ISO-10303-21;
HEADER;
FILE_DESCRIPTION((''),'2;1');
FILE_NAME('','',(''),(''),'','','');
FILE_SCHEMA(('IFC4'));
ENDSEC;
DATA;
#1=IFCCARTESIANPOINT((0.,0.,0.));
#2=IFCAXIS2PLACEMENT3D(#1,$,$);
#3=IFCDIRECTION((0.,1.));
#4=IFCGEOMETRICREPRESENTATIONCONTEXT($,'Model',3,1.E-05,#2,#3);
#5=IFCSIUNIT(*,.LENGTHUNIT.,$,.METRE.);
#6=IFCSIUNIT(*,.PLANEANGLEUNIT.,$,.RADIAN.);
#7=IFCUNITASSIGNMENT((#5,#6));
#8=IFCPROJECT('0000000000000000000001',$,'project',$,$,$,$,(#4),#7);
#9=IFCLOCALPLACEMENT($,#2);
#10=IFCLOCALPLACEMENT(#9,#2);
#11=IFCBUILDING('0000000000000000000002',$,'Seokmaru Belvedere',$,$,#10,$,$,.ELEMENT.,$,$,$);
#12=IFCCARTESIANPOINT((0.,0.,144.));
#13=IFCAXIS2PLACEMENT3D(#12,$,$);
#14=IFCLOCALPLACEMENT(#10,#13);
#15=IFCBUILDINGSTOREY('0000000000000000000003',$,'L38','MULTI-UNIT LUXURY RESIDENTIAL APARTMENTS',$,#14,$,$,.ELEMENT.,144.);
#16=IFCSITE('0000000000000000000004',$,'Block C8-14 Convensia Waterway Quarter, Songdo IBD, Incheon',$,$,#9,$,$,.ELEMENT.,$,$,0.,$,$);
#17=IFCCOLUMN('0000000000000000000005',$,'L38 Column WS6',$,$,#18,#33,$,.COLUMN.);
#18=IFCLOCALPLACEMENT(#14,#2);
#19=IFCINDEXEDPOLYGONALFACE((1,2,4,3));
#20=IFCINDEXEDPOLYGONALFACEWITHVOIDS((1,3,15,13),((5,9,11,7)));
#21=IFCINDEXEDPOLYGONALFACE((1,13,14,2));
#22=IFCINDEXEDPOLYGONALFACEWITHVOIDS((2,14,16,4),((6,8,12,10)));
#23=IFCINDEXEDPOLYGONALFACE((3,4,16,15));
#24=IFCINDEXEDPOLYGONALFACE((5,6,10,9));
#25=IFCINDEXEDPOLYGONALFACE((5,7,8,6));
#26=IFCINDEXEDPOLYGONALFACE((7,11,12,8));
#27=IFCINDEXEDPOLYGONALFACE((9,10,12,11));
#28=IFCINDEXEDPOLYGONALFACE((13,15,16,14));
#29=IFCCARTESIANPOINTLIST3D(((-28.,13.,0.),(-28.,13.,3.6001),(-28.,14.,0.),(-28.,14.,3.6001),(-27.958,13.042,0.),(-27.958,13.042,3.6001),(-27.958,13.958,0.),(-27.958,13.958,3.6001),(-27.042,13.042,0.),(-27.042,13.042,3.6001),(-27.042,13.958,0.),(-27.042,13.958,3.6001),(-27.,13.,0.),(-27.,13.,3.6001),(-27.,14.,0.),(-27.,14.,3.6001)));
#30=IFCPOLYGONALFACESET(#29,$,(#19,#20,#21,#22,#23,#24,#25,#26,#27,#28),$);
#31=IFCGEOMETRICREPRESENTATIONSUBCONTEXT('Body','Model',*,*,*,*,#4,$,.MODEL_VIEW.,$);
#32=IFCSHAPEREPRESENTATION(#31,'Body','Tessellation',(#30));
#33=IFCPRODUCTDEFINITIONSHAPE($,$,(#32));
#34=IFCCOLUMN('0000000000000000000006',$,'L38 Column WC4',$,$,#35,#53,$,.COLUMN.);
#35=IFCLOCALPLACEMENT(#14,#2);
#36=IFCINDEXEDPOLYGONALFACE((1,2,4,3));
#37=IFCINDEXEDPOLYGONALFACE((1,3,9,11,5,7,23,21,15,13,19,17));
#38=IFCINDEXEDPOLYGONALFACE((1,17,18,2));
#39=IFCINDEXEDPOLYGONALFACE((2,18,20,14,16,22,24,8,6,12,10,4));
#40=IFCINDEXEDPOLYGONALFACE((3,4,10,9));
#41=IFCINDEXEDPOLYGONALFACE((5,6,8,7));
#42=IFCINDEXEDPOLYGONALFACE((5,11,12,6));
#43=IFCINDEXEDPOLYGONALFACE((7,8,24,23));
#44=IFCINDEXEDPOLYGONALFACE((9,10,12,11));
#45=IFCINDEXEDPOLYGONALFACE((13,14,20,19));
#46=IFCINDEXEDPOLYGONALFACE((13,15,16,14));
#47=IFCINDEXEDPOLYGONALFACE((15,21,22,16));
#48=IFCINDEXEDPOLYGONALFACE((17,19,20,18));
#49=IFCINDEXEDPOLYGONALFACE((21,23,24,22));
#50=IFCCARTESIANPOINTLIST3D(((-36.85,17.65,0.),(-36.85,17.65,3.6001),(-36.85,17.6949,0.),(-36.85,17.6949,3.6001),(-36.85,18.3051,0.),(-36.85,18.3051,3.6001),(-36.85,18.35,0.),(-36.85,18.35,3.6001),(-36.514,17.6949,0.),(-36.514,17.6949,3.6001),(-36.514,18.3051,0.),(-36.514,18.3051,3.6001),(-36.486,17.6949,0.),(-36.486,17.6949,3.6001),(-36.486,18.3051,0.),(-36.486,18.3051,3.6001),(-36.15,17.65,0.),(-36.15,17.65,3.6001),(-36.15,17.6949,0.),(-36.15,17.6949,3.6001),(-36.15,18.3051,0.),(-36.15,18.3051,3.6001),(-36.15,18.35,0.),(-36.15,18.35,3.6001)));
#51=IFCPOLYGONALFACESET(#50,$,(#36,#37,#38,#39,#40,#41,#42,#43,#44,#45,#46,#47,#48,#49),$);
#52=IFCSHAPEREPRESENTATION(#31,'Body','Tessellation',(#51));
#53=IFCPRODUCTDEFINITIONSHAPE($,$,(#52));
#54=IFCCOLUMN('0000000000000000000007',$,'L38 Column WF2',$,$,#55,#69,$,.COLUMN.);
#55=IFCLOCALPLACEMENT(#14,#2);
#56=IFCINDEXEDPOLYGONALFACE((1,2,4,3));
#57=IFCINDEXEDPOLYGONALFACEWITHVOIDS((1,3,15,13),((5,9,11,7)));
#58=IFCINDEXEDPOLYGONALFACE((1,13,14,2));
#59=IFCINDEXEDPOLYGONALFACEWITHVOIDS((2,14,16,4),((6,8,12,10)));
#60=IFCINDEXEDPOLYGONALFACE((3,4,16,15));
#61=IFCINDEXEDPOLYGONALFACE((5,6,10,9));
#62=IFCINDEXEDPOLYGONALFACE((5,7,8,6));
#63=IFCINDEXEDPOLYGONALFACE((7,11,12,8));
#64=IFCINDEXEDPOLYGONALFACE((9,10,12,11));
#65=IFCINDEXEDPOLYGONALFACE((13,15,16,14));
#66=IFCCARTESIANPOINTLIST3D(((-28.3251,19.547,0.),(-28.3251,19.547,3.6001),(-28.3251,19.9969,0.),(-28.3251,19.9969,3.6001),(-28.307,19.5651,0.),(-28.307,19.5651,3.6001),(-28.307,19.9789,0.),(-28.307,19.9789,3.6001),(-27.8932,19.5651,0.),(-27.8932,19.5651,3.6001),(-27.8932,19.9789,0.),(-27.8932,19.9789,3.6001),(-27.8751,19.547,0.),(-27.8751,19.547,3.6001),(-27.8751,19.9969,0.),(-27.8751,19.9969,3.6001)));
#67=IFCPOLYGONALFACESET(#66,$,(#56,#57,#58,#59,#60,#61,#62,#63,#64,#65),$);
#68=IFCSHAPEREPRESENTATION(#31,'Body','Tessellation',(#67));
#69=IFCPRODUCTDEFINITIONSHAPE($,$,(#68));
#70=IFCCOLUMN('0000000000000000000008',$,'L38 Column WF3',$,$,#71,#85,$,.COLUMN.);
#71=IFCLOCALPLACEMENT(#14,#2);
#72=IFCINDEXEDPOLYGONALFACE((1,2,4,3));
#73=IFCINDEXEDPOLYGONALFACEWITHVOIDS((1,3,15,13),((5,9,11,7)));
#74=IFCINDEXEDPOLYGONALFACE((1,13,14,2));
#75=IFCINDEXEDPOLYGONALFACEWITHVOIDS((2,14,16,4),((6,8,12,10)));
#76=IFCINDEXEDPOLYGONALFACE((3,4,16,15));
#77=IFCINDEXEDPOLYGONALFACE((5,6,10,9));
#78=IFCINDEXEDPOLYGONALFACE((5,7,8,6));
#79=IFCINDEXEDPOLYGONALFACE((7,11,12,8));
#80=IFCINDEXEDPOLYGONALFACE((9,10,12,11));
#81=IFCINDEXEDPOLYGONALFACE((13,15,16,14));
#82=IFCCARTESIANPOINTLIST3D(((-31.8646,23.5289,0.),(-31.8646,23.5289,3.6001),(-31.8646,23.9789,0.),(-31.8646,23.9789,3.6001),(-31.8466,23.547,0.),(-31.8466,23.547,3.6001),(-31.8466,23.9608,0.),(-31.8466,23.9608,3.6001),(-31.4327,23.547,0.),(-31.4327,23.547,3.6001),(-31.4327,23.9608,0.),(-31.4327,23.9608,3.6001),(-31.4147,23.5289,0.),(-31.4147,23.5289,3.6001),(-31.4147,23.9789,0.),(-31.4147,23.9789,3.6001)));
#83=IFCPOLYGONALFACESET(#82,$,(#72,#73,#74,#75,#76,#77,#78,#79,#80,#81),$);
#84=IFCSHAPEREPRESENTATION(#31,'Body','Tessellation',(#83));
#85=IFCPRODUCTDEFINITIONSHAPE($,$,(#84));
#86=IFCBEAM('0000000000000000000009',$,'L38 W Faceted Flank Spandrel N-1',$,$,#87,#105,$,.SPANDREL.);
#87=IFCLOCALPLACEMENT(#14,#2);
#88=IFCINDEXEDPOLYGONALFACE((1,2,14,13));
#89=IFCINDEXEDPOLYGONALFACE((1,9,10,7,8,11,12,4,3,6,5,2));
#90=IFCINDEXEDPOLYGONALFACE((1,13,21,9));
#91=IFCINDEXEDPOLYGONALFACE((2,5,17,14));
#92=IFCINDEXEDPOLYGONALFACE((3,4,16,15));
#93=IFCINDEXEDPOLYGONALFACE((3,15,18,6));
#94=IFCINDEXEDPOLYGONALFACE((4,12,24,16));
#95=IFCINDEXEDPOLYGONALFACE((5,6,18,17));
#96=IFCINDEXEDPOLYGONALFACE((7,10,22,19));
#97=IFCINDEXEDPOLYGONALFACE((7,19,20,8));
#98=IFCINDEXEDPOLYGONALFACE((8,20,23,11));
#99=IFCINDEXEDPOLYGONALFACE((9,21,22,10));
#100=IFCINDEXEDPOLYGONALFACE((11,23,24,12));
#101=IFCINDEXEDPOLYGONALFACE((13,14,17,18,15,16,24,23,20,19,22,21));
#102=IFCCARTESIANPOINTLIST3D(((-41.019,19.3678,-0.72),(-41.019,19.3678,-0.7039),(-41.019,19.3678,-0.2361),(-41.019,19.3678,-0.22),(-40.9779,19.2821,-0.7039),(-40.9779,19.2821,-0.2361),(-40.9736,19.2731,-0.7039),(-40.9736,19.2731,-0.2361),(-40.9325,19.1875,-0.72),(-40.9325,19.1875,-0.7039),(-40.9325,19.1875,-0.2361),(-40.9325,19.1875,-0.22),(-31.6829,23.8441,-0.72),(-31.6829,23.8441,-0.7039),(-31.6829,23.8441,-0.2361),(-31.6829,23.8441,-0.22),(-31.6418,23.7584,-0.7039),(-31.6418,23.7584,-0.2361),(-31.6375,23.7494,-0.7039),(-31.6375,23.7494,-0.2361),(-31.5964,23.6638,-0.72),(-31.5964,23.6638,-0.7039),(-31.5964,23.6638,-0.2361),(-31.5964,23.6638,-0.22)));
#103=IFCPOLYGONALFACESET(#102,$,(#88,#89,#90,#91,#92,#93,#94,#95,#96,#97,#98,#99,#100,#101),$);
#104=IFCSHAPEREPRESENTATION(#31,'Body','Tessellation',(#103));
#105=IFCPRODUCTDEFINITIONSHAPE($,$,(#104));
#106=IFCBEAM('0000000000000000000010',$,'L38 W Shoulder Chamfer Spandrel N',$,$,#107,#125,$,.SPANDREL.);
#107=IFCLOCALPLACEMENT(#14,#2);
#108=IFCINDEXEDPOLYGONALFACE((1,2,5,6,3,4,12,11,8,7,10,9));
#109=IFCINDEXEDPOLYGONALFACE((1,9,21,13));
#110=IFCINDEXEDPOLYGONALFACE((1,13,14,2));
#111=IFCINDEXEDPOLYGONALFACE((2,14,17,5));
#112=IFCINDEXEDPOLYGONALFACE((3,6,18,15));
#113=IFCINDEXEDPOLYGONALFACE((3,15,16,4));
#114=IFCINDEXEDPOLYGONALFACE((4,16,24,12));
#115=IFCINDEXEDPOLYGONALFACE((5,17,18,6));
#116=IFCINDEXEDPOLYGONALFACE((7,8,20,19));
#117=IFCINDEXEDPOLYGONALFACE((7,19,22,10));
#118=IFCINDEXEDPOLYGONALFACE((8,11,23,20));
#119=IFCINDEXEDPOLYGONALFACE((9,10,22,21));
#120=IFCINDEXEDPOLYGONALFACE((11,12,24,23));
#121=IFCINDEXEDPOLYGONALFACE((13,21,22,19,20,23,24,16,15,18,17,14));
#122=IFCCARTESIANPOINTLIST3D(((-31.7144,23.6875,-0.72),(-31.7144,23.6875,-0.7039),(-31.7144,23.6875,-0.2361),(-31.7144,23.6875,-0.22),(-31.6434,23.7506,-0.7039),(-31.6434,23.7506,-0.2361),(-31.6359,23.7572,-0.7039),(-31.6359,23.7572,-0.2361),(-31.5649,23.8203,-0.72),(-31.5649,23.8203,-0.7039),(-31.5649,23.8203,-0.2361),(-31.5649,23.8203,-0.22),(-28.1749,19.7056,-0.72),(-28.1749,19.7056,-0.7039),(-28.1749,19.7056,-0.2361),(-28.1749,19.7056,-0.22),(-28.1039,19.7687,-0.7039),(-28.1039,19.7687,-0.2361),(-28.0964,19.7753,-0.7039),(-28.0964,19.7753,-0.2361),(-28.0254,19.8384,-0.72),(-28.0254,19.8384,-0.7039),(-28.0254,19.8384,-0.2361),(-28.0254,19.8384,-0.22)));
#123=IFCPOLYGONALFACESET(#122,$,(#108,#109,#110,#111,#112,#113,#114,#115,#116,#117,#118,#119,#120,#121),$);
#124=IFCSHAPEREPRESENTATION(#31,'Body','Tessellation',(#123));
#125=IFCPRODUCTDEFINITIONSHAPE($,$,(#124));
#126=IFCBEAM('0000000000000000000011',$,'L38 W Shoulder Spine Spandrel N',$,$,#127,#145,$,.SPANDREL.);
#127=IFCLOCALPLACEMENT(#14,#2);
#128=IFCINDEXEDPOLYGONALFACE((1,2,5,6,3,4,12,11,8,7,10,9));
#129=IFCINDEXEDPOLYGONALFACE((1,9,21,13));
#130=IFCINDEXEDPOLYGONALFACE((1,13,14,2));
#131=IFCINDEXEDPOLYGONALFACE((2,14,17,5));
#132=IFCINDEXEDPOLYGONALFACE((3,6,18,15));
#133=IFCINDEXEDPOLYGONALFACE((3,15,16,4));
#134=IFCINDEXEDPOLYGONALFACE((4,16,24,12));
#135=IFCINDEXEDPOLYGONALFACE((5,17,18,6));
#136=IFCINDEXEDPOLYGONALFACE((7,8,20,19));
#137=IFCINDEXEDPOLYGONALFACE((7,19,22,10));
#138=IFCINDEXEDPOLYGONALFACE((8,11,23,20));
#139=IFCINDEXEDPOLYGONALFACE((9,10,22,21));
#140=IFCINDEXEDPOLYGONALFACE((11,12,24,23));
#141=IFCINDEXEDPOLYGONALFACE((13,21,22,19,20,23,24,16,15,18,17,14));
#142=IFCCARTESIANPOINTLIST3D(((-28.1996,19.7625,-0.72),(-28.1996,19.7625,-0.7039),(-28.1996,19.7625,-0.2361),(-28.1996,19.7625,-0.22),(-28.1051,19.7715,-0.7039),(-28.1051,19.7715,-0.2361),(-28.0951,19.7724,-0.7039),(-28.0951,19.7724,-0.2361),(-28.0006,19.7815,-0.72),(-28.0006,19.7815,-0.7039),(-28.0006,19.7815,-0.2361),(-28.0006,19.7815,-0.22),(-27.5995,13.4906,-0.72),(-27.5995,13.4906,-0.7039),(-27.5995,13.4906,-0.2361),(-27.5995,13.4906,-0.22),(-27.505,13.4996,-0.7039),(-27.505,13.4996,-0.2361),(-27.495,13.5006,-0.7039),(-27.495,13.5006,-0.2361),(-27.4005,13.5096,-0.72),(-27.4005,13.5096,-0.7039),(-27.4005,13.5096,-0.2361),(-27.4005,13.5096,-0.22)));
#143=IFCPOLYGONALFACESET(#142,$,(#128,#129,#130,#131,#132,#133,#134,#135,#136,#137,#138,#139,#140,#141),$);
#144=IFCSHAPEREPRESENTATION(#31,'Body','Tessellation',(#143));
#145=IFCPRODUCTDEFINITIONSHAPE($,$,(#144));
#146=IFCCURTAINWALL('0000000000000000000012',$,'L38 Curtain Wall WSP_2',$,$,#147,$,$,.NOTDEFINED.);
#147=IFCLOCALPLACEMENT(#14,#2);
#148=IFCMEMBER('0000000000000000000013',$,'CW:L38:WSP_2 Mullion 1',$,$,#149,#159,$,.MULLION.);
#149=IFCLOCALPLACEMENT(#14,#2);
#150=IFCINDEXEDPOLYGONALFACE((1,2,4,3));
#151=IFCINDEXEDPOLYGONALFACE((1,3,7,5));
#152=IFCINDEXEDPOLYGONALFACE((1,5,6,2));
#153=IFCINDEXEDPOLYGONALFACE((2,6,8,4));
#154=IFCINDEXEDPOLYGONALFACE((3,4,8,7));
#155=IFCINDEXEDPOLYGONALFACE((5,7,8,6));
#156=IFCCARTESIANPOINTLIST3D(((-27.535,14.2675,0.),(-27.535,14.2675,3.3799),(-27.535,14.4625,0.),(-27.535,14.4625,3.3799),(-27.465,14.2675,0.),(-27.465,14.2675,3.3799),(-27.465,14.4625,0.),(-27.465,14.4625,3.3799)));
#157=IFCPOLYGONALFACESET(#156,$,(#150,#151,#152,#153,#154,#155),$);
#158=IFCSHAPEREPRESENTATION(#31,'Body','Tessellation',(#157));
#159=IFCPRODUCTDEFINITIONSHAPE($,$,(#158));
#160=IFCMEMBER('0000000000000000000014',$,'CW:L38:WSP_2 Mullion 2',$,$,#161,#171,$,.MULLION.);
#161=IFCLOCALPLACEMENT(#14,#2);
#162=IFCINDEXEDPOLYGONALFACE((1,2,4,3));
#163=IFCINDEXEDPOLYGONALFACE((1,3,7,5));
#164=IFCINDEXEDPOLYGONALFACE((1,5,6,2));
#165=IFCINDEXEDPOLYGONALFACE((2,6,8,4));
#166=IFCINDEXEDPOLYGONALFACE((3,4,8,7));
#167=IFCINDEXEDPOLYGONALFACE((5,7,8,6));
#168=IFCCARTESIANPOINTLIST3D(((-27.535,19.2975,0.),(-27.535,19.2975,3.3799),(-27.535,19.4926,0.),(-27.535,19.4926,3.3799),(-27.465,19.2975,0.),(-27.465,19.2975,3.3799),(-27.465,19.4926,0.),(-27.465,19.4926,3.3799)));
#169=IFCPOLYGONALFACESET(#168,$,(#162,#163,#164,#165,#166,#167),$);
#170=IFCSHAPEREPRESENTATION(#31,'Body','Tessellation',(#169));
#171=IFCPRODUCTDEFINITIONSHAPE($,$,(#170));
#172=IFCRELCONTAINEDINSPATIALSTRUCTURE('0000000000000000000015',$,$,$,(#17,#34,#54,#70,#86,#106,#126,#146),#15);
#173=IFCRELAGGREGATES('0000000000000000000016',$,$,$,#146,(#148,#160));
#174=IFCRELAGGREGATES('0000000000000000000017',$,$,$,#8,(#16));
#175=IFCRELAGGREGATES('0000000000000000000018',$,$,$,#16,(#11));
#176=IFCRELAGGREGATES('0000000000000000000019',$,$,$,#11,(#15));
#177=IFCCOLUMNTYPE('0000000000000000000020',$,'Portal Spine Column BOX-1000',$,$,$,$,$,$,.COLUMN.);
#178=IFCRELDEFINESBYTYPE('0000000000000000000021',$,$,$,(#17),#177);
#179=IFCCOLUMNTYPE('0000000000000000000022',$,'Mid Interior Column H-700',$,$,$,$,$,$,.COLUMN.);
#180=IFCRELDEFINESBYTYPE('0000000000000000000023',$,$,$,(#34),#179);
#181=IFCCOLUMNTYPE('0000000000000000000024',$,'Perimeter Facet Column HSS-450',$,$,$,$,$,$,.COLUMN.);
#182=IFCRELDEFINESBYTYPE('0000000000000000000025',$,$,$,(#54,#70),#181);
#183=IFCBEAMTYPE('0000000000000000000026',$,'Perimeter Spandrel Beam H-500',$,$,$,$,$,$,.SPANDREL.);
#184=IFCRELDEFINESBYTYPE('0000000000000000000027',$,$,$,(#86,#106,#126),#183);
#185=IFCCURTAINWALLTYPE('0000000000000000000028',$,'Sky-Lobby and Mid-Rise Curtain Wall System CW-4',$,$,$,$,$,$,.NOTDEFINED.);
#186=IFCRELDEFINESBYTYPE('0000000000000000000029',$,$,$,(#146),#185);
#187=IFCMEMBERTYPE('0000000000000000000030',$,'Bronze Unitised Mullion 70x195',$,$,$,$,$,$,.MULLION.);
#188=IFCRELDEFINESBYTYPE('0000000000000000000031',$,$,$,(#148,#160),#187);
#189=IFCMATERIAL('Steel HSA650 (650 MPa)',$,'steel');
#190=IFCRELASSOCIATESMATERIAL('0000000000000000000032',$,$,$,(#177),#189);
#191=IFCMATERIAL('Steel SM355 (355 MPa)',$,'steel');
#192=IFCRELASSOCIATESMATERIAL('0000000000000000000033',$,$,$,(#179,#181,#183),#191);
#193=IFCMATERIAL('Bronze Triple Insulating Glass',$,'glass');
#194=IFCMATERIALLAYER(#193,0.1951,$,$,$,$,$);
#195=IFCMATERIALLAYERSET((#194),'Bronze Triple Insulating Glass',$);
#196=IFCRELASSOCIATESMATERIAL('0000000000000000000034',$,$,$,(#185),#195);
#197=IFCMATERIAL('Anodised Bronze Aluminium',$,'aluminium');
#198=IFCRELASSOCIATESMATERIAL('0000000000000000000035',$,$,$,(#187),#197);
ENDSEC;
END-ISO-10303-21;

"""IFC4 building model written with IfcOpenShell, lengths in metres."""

from ifc_helpers import new_model, si_unit, direction, frame, origin, origin_2d, place, context, subcontext, project, spatial, rectangle, hollow_rectangle, i_section, extrude, source, transform, mapped, material, layer, layer_set, material_profile, profile_set, type_object, type_shapes, element, aggregate, save


model = new_model("IFC4")

# Units and contexts
model_context = context("Model", 3, precision=1e-05, world=origin(), true_north=direction((0.0, 1.0)))
body_context = subcontext(model_context, "Body", "Model", "MODEL_VIEW")
ifc_project = project(units=[si_unit("LENGTHUNIT", "METRE"), si_unit("PLANEANGLEUNIT", "RADIAN")], contexts=[model_context])

# Site, building, storey
site_placement = place(None, origin())
site = spatial("IfcSite", under=ifc_project, at=site_placement, Name="Block C8-14 Convensia Waterway Quarter, Songdo IBD, Incheon", CompositionType="ELEMENT", RefElevation=0.0)
building_placement = place(site_placement, origin())
building = spatial("IfcBuilding", under=site, at=building_placement, Name="Seokmaru Belvedere", CompositionType="ELEMENT")
storey_placement = place(building_placement, frame((0.0, 0.0, 144.0)))
storey = spatial("IfcBuildingStorey", under=building, at=storey_placement, Name="L38", Description="MULTI-UNIT LUXURY RESIDENTIAL APARTMENTS", CompositionType="ELEMENT", Elevation=144.0)

# Columns
ifc_material_1 = material(Name="Steel HSA650 (650 MPa)", Category="steel")
ifc_material_profile_1 = material_profile(ifc_material_1, hollow_rectangle(XDim=1.0, YDim=1.0, WallThickness=0.042, at=origin_2d()), Name="BOX-1000x1000x42")
ifc_profile_set_1 = profile_set([ifc_material_profile_1], Name="Steel HSA650 (650 MPa)")
column_type_1 = type_object("IfcColumnType", Name="Portal Spine Column BOX-1000", PredefinedType="COLUMN", material=ifc_profile_set_1)
shared_shape_1 = source(origin(), body_context, "Body", "SweptSolid", [
    extrude(hollow_rectangle(XDim=1.0, YDim=1.0, WallThickness=0.042, at=origin_2d()), origin(), (0.0, 0.0, 1.0), 3.6001),
])
type_shapes(column_type_1, [shared_shape_1])
column_1_placement = place(storey_placement, frame((-27.5, 13.5, 0.0), z_axis=(0.0, 0.0, 1.0), x_axis=(1.0, 0.0, 0.0)))
element("IfcColumn", 1, at=column_1_placement, inside=storey, type_object=column_type_1, Name="L38 Column WS6", PredefinedType="COLUMN", context=body_context, shape_type="MappedRepresentation", body=[
    mapped(shared_shape_1, transform((0.0, 0.0, 0.0), scale=1.0)),
])
ifc_material_2 = material(Name="Steel SM355 (355 MPa)", Category="steel")
ifc_material_profile_2 = material_profile(ifc_material_2, i_section(OverallWidth=0.7, OverallDepth=0.7, WebThickness=0.0281, FlangeThickness=0.0449, at=origin_2d()), Name="H-700x700x28x45")
ifc_profile_set_2 = profile_set([ifc_material_profile_2], Name="Steel SM355 (355 MPa)")
column_type_2 = type_object("IfcColumnType", Name="Mid Interior Column H-700", PredefinedType="COLUMN", material=ifc_profile_set_2)
shared_shape_2 = source(origin(), body_context, "Body", "SweptSolid", [
    extrude(i_section(OverallWidth=0.7, OverallDepth=0.7, WebThickness=0.0281, FlangeThickness=0.0449, at=origin_2d()), origin(), (0.0, 0.0, 1.0), 3.6001),
])
type_shapes(column_type_2, [shared_shape_2])
column_2_placement = place(storey_placement, frame((-36.5, 18.0, 0.0), z_axis=(0.0, 0.0, 1.0), x_axis=(1.0, 0.0, 0.0)))
element("IfcColumn", 2, at=column_2_placement, inside=storey, type_object=column_type_2, Name="L38 Column WC4", PredefinedType="COLUMN", context=body_context, shape_type="MappedRepresentation", body=[
    mapped(shared_shape_2, transform((0.0, 0.0, 0.0), scale=1.0)),
])
ifc_material_profile_3 = material_profile(ifc_material_2, hollow_rectangle(XDim=0.45, YDim=0.45, WallThickness=0.0181, at=origin_2d()), Name="HSS-450x450x18")
ifc_profile_set_3 = profile_set([ifc_material_profile_3], Name="Steel SM355 (355 MPa)")
column_type_3 = type_object("IfcColumnType", Name="Perimeter Facet Column HSS-450", PredefinedType="COLUMN", material=ifc_profile_set_3)
shared_shape_3 = source(origin(), body_context, "Body", "SweptSolid", [
    extrude(hollow_rectangle(XDim=0.45, YDim=0.45, WallThickness=0.0181, at=origin_2d()), origin(), (0.0, 0.0, 1.0), 3.6001),
])
type_shapes(column_type_3, [shared_shape_3])
for number, where, z_axis, x_axis, name in (
    (3, (-28.1001, 19.772, 0.0), (0.0, 0.0, 1.0), (1.0, 0.0, 0.0), "L38 Column WF2"),
    (4, (-31.6396, 23.7539, 0.0), (0.0, 0.0, 1.0), (1.0, 0.0, 0.0), "L38 Column WF3"),
):
    element("IfcColumn", number, at=place(storey_placement, frame(where, z_axis=z_axis, x_axis=x_axis)), inside=storey, type_object=column_type_3, Name=name, PredefinedType="COLUMN", context=body_context, shape_type="MappedRepresentation", body=[
        mapped(shared_shape_3, transform((0.0, 0.0, 0.0), scale=1.0)),
    ])

# Beams
ifc_material_profile_4 = material_profile(ifc_material_2, i_section(OverallWidth=0.2, OverallDepth=0.5, WebThickness=0.01, FlangeThickness=0.0161, at=origin_2d()), Name="H-500x200x10x16")
ifc_profile_set_4 = profile_set([ifc_material_profile_4], Name="Steel SM355 (355 MPa)")
beam_type = type_object("IfcBeamType", Name="Perimeter Spandrel Beam H-500", PredefinedType="SPANDREL", material=ifc_profile_set_4)
shared_shape_4 = source(origin(), body_context, "Body", "SweptSolid", [
    extrude(i_section(OverallWidth=0.2, OverallDepth=0.5, WebThickness=0.01, FlangeThickness=0.0161, at=origin_2d()), origin(), (0.0, 0.0, 1.0), 10.3538),
])
beam_1_placement = place(storey_placement, frame((-31.6396, 23.7539, -0.47), z_axis=(-0.901713, -0.432335, 0.0), x_axis=(0.432335, -0.901713, 0.0)))
element("IfcBeam", 5, at=beam_1_placement, inside=storey, type_object=beam_type, Name="L38 W Faceted Flank Spandrel N-1", PredefinedType="SPANDREL", context=body_context, shape_type="MappedRepresentation", body=[
    mapped(shared_shape_4, transform((0.0, 0.0, 0.0), scale=1.0)),
])
shared_shape_5 = source(origin(), body_context, "Body", "SweptSolid", [
    extrude(i_section(OverallWidth=0.2, OverallDepth=0.5, WebThickness=0.01, FlangeThickness=0.0161, at=origin_2d()), origin(), (0.0, 0.0, 1.0), 5.3276),
])
beam_2_placement = place(storey_placement, frame((-31.6396, 23.7539, -0.47), z_axis=(0.66437, -0.747404, 0.0), x_axis=(0.747404, 0.66437, 0.0)))
element("IfcBeam", 6, at=beam_2_placement, inside=storey, type_object=beam_type, Name="L38 W Shoulder Chamfer Spandrel N", PredefinedType="SPANDREL", context=body_context, shape_type="MappedRepresentation", body=[
    mapped(shared_shape_5, transform((0.0, 0.0, 0.0), scale=1.0)),
])
shared_shape_6 = source(origin(), body_context, "Body", "SweptSolid", [
    extrude(i_section(OverallWidth=0.2, OverallDepth=0.5, WebThickness=0.01, FlangeThickness=0.0161, at=origin_2d()), origin(), (0.0, 0.0, 1.0), 6.3005),
])
type_shapes(beam_type, [shared_shape_4, shared_shape_5, shared_shape_6])
beam_3_placement = place(storey_placement, frame((-28.1001, 19.772, -0.47), z_axis=(0.095244, -0.995454, 0.0), x_axis=(0.995454, 0.095244, 0.0)))
element("IfcBeam", 7, at=beam_3_placement, inside=storey, type_object=beam_type, Name="L38 W Shoulder Spine Spandrel N", PredefinedType="SPANDREL", context=body_context, shape_type="MappedRepresentation", body=[
    mapped(shared_shape_6, transform((0.0, 0.0, 0.0), scale=1.0)),
])

# Curtain wall, members
ifc_material_3 = material(Name="Bronze Triple Insulating Glass", Category="glass")
ifc_layer_1 = layer(ifc_material_3, 0.1951)
ifc_layer_set_1 = layer_set([ifc_layer_1], Name="Bronze Triple Insulating Glass")
curtain_wall_type = type_object("IfcCurtainWallType", Name="Sky-Lobby and Mid-Rise Curtain Wall System CW-4", PredefinedType="NOTDEFINED", material=ifc_layer_set_1)
curtain_wall_1_placement = place(storey_placement, origin())
curtain_wall_1 = element("IfcCurtainWall", 8, at=curtain_wall_1_placement, inside=storey, type_object=curtain_wall_type, Name="L38 Curtain Wall WSP_2", PredefinedType="NOTDEFINED")
ifc_material_4 = material(Name="Anodised Bronze Aluminium", Category="aluminium")
ifc_material_profile_5 = material_profile(ifc_material_4, rectangle(XDim=0.0701, YDim=0.1951, at=origin_2d()), Name="CW-M-70x195")
ifc_profile_set_5 = profile_set([ifc_material_profile_5], Name="Anodised Bronze Aluminium")
member_type_1 = type_object("IfcMemberType", Name="Bronze Unitised Mullion 70x195", PredefinedType="MULLION", material=ifc_profile_set_5)
shared_shape_7 = source(origin(), body_context, "Body", "SweptSolid", [
    extrude(rectangle(XDim=0.0701, YDim=0.1951, at=origin_2d()), origin(), (0.0, 0.0, 1.0), 3.3799),
])
member_1_placement = place(storey_placement, frame((-27.5, 14.365, 0.0), z_axis=(0.0, 0.0, 1.0), x_axis=(-1.0, 0.0, 0.0)))
member_1 = element("IfcMember", 9, at=member_1_placement, type_object=member_type_1, Name="CW:L38:WSP_2 Mullion 1", PredefinedType="MULLION", context=body_context, shape_type="MappedRepresentation", body=[
    mapped(shared_shape_7, transform((0.0, 0.0, 0.0), scale=1.0)),
])
member_2_placement = place(storey_placement, frame((-27.5, 19.395, 0.0), z_axis=(0.0, 0.0, 1.0), x_axis=(-1.0, 0.0, 0.0)))
member_2 = element("IfcMember", 10, at=member_2_placement, type_object=member_type_1, Name="CW:L38:WSP_2 Mullion 2", PredefinedType="MULLION", context=body_context, shape_type="MappedRepresentation", body=[
    mapped(shared_shape_7, transform((0.0, 0.0, 0.0), scale=1.0)),
])

aggregate(curtain_wall_1, [member_1, member_2])

save(model, "model.ifc")
